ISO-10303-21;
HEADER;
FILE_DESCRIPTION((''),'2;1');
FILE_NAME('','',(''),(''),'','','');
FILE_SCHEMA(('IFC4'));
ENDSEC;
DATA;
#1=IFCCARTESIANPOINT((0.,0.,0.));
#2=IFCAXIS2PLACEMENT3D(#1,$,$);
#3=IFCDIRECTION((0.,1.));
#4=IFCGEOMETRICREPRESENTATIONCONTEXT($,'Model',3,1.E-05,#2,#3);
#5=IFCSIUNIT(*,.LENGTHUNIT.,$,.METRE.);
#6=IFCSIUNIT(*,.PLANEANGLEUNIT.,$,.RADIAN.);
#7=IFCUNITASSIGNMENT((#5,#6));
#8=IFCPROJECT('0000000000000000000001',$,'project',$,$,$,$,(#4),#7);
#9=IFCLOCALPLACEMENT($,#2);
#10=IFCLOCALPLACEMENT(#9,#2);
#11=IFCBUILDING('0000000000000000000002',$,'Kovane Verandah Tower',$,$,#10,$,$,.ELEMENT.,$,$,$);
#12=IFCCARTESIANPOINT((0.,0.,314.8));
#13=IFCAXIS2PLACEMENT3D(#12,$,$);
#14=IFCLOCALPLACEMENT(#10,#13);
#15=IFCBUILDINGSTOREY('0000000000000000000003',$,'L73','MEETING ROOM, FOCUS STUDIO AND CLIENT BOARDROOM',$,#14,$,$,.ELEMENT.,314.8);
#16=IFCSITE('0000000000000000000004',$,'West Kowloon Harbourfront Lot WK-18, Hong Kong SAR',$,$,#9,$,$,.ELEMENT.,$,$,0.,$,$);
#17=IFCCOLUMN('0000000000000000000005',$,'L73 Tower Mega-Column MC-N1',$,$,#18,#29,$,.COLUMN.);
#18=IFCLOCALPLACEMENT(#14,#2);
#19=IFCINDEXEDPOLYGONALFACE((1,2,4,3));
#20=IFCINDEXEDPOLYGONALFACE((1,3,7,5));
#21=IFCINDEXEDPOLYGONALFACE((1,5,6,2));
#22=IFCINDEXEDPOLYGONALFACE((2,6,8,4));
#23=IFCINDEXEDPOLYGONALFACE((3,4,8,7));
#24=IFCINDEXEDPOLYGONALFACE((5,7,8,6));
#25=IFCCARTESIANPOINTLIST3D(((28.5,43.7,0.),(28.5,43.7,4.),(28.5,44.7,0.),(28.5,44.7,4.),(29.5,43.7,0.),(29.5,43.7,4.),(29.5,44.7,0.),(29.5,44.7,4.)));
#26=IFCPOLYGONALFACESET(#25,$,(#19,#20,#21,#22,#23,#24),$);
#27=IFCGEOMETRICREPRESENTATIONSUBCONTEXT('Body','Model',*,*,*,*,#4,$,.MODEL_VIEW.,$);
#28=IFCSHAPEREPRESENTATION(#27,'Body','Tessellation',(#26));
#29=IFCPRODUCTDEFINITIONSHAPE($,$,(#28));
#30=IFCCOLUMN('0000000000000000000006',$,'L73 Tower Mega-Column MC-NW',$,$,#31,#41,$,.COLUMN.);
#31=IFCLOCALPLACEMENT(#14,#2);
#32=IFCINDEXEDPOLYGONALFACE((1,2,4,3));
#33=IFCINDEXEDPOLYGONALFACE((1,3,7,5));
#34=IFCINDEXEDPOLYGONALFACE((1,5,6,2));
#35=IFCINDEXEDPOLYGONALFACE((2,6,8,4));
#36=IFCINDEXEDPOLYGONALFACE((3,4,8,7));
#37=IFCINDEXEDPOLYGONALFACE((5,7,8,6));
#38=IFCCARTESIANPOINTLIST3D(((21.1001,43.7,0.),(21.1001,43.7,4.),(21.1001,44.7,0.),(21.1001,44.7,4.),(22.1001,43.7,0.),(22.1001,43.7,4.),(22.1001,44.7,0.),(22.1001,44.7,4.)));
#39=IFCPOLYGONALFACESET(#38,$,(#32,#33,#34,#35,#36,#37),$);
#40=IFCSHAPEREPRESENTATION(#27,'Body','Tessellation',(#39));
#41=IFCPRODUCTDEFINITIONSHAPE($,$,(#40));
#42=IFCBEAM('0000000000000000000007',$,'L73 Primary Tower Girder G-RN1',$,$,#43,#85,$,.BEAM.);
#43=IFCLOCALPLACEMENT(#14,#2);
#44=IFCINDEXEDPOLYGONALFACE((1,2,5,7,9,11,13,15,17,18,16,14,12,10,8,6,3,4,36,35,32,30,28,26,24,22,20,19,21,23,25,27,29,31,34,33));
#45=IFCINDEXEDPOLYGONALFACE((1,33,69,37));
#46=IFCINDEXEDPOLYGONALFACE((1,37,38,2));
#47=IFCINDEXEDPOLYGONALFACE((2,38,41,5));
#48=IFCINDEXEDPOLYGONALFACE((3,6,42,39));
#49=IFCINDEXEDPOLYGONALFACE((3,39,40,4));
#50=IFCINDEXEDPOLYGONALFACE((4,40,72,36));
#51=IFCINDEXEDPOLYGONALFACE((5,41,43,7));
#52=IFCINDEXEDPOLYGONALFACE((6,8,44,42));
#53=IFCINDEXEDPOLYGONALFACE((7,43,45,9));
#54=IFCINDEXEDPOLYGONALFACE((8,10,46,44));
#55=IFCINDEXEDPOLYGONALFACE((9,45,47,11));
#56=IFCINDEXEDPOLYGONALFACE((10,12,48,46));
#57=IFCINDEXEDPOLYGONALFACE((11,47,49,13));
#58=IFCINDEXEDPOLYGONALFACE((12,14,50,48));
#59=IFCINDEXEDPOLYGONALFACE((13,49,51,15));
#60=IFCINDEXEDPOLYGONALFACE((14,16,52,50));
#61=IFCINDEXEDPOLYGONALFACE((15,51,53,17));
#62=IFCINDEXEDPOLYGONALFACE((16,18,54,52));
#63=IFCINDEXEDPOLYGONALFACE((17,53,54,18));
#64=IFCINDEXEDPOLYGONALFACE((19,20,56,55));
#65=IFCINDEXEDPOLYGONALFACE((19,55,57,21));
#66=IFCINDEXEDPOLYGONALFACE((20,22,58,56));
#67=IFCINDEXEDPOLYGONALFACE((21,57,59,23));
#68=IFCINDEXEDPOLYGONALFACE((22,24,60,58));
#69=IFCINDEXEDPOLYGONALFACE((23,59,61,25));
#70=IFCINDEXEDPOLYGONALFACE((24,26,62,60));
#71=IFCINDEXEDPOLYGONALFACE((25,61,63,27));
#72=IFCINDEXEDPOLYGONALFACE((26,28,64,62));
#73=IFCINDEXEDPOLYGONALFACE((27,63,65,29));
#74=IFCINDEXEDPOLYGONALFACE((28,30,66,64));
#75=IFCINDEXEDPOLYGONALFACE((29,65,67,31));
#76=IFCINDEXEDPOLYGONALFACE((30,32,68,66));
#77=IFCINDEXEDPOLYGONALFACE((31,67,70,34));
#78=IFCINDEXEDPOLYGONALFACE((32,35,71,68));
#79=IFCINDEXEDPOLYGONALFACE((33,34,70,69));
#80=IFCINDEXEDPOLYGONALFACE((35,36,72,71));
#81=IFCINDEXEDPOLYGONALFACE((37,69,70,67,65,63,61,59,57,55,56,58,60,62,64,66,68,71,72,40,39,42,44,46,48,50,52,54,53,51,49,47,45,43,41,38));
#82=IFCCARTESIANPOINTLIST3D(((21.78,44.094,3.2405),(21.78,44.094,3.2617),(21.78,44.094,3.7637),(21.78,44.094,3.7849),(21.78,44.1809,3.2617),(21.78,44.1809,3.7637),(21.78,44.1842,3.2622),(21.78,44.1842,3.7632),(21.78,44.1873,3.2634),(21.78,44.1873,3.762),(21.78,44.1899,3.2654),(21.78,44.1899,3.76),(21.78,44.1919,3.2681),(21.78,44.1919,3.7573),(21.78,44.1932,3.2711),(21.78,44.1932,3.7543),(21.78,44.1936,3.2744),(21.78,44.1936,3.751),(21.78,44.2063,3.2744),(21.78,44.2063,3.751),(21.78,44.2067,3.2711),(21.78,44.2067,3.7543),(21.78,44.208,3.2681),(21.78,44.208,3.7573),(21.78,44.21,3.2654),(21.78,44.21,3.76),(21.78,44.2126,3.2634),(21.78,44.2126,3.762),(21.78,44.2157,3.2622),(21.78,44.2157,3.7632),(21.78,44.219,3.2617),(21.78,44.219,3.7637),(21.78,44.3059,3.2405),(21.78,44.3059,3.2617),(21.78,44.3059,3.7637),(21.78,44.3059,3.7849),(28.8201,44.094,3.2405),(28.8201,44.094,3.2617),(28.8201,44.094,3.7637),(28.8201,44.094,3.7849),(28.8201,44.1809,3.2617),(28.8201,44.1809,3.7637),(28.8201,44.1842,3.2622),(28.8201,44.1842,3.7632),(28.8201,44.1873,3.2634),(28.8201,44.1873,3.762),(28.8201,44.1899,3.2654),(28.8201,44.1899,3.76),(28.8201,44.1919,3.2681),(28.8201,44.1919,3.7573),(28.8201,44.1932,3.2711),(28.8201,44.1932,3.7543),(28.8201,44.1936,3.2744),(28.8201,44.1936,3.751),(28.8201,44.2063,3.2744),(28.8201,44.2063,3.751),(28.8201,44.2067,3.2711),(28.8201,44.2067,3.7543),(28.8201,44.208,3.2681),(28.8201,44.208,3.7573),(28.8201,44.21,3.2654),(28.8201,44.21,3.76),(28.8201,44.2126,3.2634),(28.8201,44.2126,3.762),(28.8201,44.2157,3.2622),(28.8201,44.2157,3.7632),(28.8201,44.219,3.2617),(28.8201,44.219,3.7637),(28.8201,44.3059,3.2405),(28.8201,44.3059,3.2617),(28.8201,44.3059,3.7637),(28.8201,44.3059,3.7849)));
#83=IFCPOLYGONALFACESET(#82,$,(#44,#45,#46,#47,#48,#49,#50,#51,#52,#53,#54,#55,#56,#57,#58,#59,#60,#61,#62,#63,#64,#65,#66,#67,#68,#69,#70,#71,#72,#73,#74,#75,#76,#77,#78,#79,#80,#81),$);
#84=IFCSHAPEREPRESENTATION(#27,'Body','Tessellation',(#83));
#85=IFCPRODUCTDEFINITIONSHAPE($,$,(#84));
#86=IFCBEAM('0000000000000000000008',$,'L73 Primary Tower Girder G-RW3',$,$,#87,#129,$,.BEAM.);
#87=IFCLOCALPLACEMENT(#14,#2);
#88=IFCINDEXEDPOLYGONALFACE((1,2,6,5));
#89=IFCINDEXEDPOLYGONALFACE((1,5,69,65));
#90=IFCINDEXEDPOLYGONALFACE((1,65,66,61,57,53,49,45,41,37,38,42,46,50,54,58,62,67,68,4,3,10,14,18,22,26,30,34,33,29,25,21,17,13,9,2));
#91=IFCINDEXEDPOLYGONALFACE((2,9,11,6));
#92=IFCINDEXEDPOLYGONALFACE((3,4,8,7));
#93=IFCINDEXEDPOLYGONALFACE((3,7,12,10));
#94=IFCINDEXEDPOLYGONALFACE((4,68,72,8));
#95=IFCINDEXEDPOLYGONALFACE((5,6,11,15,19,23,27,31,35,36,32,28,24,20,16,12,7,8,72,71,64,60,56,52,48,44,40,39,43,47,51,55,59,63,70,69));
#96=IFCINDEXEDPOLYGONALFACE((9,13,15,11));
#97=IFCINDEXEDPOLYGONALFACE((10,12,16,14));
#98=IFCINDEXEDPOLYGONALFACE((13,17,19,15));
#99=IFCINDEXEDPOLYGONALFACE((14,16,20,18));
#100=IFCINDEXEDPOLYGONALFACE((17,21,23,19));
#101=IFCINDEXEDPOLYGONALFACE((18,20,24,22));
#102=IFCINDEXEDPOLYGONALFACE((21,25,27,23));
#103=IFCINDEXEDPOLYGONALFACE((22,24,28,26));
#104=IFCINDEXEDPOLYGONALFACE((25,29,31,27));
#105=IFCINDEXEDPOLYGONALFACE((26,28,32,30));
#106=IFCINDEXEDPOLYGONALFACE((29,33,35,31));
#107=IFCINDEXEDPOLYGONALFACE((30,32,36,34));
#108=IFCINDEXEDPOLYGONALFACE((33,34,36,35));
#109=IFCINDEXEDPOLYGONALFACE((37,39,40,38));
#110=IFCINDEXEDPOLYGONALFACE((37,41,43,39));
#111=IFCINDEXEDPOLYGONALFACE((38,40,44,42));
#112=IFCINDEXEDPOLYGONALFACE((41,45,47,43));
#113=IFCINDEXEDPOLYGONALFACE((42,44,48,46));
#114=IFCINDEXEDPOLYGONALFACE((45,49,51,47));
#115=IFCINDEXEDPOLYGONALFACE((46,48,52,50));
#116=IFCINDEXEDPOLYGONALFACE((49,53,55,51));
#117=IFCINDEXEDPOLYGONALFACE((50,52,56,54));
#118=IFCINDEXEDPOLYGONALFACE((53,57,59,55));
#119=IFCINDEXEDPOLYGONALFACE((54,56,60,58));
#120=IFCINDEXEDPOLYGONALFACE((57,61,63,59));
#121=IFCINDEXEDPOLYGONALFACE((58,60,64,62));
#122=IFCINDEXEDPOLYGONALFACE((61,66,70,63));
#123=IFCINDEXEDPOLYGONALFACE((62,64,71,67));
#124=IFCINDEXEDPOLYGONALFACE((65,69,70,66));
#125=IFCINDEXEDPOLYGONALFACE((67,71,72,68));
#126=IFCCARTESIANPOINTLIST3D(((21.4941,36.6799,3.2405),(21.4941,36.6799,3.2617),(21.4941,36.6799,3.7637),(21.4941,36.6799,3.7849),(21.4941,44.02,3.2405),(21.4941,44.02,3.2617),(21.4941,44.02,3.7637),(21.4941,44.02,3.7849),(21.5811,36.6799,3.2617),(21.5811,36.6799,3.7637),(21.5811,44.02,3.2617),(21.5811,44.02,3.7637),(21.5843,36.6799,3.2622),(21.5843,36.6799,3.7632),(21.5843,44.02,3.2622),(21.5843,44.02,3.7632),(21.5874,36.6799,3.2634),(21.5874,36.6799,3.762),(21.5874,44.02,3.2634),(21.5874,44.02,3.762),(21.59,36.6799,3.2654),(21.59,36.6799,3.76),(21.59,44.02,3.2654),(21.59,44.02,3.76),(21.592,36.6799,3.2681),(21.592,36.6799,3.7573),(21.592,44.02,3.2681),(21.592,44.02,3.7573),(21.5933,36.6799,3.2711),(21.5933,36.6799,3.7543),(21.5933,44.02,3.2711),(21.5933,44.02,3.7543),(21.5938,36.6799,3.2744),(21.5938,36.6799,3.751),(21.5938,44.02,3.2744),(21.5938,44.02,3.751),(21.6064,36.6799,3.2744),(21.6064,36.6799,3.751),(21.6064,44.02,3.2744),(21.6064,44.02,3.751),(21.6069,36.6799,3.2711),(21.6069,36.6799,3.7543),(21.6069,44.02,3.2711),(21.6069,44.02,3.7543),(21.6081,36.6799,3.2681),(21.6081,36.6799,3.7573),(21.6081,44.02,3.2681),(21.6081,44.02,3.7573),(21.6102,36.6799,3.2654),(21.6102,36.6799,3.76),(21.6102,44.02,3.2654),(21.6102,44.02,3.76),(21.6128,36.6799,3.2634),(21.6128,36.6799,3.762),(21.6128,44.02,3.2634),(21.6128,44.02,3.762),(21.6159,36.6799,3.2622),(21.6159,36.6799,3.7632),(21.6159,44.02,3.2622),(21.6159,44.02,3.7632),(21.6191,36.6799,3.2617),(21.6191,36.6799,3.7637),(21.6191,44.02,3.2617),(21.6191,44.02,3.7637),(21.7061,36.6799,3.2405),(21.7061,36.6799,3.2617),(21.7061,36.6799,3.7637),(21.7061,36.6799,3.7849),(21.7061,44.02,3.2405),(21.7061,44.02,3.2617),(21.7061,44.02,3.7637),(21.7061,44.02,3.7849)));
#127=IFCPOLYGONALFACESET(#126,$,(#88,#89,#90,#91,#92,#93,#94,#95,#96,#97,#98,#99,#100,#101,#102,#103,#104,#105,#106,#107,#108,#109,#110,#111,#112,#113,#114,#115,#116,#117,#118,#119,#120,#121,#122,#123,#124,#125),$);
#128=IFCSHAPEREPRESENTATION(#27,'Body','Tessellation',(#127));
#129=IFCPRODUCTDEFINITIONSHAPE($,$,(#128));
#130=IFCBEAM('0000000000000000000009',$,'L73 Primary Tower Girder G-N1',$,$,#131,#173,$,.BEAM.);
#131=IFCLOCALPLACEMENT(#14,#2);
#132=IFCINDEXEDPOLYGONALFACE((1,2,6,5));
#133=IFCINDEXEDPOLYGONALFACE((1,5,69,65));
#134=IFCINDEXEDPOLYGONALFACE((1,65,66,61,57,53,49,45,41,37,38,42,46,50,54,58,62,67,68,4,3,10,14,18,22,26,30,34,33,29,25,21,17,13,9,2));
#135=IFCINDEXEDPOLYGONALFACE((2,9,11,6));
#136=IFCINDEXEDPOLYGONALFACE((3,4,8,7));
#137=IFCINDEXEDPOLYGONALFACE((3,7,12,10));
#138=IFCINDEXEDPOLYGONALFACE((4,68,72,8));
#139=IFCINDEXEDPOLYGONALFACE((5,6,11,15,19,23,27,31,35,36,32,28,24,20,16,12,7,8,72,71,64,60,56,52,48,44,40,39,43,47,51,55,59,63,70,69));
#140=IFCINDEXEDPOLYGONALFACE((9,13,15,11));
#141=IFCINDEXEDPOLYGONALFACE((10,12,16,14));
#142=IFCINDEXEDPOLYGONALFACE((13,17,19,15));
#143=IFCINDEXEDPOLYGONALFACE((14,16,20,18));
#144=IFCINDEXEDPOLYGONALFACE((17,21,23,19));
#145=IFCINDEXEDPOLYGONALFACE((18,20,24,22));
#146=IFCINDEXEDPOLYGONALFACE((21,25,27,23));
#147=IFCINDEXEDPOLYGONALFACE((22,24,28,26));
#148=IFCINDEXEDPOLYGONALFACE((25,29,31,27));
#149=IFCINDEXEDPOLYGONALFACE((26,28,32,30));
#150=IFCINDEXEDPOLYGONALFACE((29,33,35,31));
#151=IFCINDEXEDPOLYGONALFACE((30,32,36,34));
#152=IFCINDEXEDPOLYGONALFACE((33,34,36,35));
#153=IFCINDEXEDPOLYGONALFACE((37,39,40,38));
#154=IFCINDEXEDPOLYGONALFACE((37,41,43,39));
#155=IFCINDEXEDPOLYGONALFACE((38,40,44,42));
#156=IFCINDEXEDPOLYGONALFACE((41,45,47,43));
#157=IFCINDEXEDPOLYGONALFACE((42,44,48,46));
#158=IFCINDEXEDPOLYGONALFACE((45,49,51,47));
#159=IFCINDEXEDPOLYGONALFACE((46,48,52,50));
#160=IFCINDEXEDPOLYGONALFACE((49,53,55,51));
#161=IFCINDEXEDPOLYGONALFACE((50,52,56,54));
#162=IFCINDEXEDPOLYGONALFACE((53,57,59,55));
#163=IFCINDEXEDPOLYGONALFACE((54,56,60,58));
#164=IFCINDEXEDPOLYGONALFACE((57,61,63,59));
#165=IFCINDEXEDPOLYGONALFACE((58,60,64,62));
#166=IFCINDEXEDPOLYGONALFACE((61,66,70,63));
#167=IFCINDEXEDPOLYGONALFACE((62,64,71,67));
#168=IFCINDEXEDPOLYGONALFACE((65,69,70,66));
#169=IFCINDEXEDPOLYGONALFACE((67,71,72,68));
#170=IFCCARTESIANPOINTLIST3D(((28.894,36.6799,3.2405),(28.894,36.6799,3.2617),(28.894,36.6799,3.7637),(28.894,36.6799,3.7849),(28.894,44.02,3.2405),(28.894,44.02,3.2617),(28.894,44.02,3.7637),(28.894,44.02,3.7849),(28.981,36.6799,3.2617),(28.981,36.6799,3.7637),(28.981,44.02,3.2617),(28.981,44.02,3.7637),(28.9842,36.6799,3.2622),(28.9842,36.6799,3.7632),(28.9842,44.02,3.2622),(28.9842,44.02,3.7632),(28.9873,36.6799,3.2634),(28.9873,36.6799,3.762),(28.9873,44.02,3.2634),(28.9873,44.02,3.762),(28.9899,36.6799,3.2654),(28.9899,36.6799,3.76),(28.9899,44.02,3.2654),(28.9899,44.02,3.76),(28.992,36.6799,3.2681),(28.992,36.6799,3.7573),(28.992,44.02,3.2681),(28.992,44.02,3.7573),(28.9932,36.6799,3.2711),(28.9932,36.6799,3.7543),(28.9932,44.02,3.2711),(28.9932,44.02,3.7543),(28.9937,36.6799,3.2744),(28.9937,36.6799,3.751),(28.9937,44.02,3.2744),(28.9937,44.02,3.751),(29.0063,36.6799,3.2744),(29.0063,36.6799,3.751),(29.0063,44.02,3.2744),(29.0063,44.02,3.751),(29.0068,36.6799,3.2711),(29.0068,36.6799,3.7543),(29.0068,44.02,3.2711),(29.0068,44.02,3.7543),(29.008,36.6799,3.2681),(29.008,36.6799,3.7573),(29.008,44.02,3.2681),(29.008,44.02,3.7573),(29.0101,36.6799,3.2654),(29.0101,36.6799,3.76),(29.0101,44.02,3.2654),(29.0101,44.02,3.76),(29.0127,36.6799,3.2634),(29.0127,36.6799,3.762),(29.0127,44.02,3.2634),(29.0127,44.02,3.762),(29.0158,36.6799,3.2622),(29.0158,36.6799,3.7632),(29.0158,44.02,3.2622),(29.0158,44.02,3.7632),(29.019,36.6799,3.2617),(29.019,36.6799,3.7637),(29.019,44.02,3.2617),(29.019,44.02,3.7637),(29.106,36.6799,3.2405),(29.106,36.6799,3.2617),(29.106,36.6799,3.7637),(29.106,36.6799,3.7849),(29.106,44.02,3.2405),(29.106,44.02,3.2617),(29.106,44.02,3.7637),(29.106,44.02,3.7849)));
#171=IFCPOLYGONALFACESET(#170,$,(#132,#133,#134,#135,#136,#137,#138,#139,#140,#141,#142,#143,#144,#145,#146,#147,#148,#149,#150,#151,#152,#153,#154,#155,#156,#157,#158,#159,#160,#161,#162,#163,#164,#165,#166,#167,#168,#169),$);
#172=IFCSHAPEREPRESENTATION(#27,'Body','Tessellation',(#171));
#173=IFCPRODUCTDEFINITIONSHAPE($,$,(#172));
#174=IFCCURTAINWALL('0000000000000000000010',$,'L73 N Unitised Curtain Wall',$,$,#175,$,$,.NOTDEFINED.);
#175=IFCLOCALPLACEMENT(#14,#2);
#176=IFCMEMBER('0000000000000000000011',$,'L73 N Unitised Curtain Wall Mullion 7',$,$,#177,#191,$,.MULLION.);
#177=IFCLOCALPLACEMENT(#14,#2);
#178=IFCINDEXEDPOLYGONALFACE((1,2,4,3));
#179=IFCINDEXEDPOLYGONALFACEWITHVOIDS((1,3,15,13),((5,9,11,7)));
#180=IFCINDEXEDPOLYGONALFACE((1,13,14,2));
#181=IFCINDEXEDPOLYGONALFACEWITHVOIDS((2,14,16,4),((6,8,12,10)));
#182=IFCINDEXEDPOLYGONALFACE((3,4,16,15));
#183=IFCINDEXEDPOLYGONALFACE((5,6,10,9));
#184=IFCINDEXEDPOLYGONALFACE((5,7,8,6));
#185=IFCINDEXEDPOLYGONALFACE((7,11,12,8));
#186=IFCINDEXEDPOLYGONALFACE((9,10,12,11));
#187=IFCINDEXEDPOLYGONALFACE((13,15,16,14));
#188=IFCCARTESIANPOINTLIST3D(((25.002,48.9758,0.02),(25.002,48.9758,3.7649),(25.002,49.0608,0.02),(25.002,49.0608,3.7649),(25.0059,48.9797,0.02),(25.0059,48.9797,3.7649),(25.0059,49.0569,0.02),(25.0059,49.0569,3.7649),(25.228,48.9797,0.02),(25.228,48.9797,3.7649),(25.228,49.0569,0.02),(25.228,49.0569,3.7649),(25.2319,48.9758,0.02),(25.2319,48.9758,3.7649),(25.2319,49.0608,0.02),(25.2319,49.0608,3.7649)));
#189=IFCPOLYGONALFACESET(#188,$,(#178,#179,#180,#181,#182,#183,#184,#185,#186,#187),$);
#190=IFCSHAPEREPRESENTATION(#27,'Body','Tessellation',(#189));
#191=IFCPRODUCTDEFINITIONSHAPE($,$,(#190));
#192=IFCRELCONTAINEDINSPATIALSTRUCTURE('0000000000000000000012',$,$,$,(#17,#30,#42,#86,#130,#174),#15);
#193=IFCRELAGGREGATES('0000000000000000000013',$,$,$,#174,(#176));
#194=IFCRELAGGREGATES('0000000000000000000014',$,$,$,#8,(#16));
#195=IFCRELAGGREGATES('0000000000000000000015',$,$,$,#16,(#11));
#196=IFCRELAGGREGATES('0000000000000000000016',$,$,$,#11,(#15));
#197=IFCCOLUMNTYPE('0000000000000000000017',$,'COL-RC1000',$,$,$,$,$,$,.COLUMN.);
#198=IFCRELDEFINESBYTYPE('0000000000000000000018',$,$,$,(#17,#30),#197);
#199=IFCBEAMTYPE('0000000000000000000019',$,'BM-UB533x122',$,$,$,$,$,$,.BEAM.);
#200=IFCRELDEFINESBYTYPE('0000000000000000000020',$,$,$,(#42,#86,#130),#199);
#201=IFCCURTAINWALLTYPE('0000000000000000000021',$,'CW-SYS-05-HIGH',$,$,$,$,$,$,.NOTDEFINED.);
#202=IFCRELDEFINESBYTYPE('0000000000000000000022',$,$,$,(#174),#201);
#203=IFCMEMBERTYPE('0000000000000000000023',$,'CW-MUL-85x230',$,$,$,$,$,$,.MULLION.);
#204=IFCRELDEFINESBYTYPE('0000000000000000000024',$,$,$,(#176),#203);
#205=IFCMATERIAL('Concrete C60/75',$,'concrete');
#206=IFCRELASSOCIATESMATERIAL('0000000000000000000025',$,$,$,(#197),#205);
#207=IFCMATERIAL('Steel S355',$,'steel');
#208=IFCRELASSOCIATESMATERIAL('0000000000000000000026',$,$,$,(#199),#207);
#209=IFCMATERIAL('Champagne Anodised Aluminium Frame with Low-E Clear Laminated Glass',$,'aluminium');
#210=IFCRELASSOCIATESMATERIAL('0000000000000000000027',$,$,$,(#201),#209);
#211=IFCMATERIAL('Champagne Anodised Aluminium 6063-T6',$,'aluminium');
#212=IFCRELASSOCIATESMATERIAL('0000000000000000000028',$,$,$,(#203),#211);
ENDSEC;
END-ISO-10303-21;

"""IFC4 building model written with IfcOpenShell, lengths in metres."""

from ifc_helpers import new_model, si_unit, direction, frame, origin, origin_2d, place, context, subcontext, project, spatial, rectangle, hollow_rectangle, i_section, extrude, material, material_profile, profile_set, type_object, element, aggregate, save


model = new_model("IFC4")

# Units and contexts
model_context = context("Model", 3, precision=1e-05, world=origin(), true_north=direction((0.0, 1.0)))
body_context = subcontext(model_context, "Body", "Model", "MODEL_VIEW")
ifc_project = project(units=[si_unit("LENGTHUNIT", "METRE"), si_unit("PLANEANGLEUNIT", "RADIAN")], contexts=[model_context])

# Site, building, storey
site_placement = place(None, origin())
site = spatial("IfcSite", under=ifc_project, at=site_placement, Name="West Kowloon Harbourfront Lot WK-18, Hong Kong SAR", CompositionType="ELEMENT", RefElevation=0.0)
building_placement = place(site_placement, origin())
building = spatial("IfcBuilding", under=site, at=building_placement, Name="Kovane Verandah Tower", CompositionType="ELEMENT")
storey_placement = place(building_placement, frame((0.0, 0.0, 314.8)))
storey = spatial("IfcBuildingStorey", under=building, at=storey_placement, Name="L73", Description="MEETING ROOM, FOCUS STUDIO AND CLIENT BOARDROOM", CompositionType="ELEMENT", Elevation=314.8)

# Columns
ifc_material_1 = material(Name="Concrete C60/75", Category="concrete")
ifc_material_profile_1 = material_profile(ifc_material_1, rectangle(XDim=1.0, YDim=1.0, at=origin_2d()), Name="RC1000x1000")
ifc_profile_set_1 = profile_set([ifc_material_profile_1], Name="Concrete C60/75")
column_type = type_object("IfcColumnType", Name="COL-RC1000", PredefinedType="COLUMN", material=ifc_profile_set_1)
for number, where, z_axis, x_axis, name in (
    (1, (29.0, 44.2, 0.0), (0.0, 0.0, 1.0), (1.0, 0.0, 0.0), "L73 Tower Mega-Column MC-N1"),
    (2, (21.6001, 44.2, 0.0), (0.0, 0.0, 1.0), (1.0, 0.0, 0.0), "L73 Tower Mega-Column MC-NW"),
):
    element("IfcColumn", number, at=place(storey_placement, frame(where, z_axis=z_axis, x_axis=x_axis)), inside=storey, type_object=column_type, Name=name, PredefinedType="COLUMN", context=body_context, shape_type="SweptSolid", body=[
        extrude(rectangle(XDim=1.0, YDim=1.0, at=origin_2d()), origin(), (0.0, 0.0, 1.0), 4.0),
    ])

# Beams
ifc_material_2 = material(Name="Steel S355", Category="steel")
ifc_material_profile_2 = material_profile(ifc_material_2, i_section(OverallWidth=0.2119, OverallDepth=0.5444, WebThickness=0.0127, FlangeThickness=0.0212, FilletRadius=0.0127, at=origin_2d()), Name="UB533x210x122")
ifc_profile_set_2 = profile_set([ifc_material_profile_2], Name="Steel S355")
beam_type_1 = type_object("IfcBeamType", Name="BM-UB533x122", PredefinedType="BEAM", material=ifc_profile_set_2)
beam_1_placement = place(storey_placement, frame((21.78, 44.2, 3.5127), z_axis=(1.0, 0.0, 0.0), x_axis=(0.0, 1.0, 0.0)))
element("IfcBeam", 3, at=beam_1_placement, inside=storey, type_object=beam_type_1, Name="L73 Primary Tower Girder G-RN1", PredefinedType="BEAM", context=body_context, shape_type="SweptSolid", body=[
    extrude(i_section(OverallWidth=0.2119, OverallDepth=0.5444, WebThickness=0.0127, FlangeThickness=0.0212, FilletRadius=0.0127, at=origin_2d()), origin(), (0.0, 0.0, 1.0), 7.04),
])
for number, where, z_axis, x_axis, name in (
    (4, (21.6001, 36.6799, 3.5127), (0.0, 1.0, 0.0), (-1.0, 0.0, 0.0), "L73 Primary Tower Girder G-RW3"),
    (5, (29.0, 36.6799, 3.5127), (0.0, 1.0, 0.0), (-1.0, 0.0, 0.0), "L73 Primary Tower Girder G-N1"),
):
    element("IfcBeam", number, at=place(storey_placement, frame(where, z_axis=z_axis, x_axis=x_axis)), inside=storey, type_object=beam_type_1, Name=name, PredefinedType="BEAM", context=body_context, shape_type="SweptSolid", body=[
        extrude(i_section(OverallWidth=0.2119, OverallDepth=0.5444, WebThickness=0.0127, FlangeThickness=0.0212, FilletRadius=0.0127, at=origin_2d()), origin(), (0.0, 0.0, 1.0), 7.3401),
    ])

# Curtain wall, member
ifc_material_3 = material(Name="Champagne Anodised Aluminium Frame with Low-E Clear Laminated Glass", Category="aluminium")
curtain_wall_type = type_object("IfcCurtainWallType", Name="CW-SYS-05-HIGH", PredefinedType="NOTDEFINED", material=ifc_material_3)
curtain_wall_placement = place(storey_placement, origin())
curtain_wall = element("IfcCurtainWall", 6, at=curtain_wall_placement, inside=storey, type_object=curtain_wall_type, Name="L73 N Unitised Curtain Wall", PredefinedType="NOTDEFINED")
ifc_material_4 = material(Name="Champagne Anodised Aluminium 6063-T6", Category="aluminium")
ifc_material_profile_3 = material_profile(ifc_material_4, hollow_rectangle(XDim=0.085, YDim=0.23, WallThickness=0.0039, at=origin_2d()), Name="AL85x230x4")
ifc_profile_set_3 = profile_set([ifc_material_profile_3], Name="Champagne Anodised Aluminium 6063-T6")
member_type_1 = type_object("IfcMemberType", Name="CW-MUL-85x230", PredefinedType="MULLION", material=ifc_profile_set_3)
member_1_placement = place(storey_placement, frame((25.1169, 49.0183, 0.02), z_axis=(0.0, 0.0, 1.0), x_axis=(0.0, 1.0, 0.0)))
member_1 = element("IfcMember", 7, at=member_1_placement, type_object=member_type_1, Name="L73 N Unitised Curtain Wall Mullion 7", PredefinedType="MULLION", context=body_context, shape_type="SweptSolid", body=[
    extrude(hollow_rectangle(XDim=0.085, YDim=0.23, WallThickness=0.0039, at=origin_2d()), origin(), (0.0, 0.0, 1.0), 3.7449),
])

aggregate(curtain_wall, [member_1])

save(model, "model.ifc")
